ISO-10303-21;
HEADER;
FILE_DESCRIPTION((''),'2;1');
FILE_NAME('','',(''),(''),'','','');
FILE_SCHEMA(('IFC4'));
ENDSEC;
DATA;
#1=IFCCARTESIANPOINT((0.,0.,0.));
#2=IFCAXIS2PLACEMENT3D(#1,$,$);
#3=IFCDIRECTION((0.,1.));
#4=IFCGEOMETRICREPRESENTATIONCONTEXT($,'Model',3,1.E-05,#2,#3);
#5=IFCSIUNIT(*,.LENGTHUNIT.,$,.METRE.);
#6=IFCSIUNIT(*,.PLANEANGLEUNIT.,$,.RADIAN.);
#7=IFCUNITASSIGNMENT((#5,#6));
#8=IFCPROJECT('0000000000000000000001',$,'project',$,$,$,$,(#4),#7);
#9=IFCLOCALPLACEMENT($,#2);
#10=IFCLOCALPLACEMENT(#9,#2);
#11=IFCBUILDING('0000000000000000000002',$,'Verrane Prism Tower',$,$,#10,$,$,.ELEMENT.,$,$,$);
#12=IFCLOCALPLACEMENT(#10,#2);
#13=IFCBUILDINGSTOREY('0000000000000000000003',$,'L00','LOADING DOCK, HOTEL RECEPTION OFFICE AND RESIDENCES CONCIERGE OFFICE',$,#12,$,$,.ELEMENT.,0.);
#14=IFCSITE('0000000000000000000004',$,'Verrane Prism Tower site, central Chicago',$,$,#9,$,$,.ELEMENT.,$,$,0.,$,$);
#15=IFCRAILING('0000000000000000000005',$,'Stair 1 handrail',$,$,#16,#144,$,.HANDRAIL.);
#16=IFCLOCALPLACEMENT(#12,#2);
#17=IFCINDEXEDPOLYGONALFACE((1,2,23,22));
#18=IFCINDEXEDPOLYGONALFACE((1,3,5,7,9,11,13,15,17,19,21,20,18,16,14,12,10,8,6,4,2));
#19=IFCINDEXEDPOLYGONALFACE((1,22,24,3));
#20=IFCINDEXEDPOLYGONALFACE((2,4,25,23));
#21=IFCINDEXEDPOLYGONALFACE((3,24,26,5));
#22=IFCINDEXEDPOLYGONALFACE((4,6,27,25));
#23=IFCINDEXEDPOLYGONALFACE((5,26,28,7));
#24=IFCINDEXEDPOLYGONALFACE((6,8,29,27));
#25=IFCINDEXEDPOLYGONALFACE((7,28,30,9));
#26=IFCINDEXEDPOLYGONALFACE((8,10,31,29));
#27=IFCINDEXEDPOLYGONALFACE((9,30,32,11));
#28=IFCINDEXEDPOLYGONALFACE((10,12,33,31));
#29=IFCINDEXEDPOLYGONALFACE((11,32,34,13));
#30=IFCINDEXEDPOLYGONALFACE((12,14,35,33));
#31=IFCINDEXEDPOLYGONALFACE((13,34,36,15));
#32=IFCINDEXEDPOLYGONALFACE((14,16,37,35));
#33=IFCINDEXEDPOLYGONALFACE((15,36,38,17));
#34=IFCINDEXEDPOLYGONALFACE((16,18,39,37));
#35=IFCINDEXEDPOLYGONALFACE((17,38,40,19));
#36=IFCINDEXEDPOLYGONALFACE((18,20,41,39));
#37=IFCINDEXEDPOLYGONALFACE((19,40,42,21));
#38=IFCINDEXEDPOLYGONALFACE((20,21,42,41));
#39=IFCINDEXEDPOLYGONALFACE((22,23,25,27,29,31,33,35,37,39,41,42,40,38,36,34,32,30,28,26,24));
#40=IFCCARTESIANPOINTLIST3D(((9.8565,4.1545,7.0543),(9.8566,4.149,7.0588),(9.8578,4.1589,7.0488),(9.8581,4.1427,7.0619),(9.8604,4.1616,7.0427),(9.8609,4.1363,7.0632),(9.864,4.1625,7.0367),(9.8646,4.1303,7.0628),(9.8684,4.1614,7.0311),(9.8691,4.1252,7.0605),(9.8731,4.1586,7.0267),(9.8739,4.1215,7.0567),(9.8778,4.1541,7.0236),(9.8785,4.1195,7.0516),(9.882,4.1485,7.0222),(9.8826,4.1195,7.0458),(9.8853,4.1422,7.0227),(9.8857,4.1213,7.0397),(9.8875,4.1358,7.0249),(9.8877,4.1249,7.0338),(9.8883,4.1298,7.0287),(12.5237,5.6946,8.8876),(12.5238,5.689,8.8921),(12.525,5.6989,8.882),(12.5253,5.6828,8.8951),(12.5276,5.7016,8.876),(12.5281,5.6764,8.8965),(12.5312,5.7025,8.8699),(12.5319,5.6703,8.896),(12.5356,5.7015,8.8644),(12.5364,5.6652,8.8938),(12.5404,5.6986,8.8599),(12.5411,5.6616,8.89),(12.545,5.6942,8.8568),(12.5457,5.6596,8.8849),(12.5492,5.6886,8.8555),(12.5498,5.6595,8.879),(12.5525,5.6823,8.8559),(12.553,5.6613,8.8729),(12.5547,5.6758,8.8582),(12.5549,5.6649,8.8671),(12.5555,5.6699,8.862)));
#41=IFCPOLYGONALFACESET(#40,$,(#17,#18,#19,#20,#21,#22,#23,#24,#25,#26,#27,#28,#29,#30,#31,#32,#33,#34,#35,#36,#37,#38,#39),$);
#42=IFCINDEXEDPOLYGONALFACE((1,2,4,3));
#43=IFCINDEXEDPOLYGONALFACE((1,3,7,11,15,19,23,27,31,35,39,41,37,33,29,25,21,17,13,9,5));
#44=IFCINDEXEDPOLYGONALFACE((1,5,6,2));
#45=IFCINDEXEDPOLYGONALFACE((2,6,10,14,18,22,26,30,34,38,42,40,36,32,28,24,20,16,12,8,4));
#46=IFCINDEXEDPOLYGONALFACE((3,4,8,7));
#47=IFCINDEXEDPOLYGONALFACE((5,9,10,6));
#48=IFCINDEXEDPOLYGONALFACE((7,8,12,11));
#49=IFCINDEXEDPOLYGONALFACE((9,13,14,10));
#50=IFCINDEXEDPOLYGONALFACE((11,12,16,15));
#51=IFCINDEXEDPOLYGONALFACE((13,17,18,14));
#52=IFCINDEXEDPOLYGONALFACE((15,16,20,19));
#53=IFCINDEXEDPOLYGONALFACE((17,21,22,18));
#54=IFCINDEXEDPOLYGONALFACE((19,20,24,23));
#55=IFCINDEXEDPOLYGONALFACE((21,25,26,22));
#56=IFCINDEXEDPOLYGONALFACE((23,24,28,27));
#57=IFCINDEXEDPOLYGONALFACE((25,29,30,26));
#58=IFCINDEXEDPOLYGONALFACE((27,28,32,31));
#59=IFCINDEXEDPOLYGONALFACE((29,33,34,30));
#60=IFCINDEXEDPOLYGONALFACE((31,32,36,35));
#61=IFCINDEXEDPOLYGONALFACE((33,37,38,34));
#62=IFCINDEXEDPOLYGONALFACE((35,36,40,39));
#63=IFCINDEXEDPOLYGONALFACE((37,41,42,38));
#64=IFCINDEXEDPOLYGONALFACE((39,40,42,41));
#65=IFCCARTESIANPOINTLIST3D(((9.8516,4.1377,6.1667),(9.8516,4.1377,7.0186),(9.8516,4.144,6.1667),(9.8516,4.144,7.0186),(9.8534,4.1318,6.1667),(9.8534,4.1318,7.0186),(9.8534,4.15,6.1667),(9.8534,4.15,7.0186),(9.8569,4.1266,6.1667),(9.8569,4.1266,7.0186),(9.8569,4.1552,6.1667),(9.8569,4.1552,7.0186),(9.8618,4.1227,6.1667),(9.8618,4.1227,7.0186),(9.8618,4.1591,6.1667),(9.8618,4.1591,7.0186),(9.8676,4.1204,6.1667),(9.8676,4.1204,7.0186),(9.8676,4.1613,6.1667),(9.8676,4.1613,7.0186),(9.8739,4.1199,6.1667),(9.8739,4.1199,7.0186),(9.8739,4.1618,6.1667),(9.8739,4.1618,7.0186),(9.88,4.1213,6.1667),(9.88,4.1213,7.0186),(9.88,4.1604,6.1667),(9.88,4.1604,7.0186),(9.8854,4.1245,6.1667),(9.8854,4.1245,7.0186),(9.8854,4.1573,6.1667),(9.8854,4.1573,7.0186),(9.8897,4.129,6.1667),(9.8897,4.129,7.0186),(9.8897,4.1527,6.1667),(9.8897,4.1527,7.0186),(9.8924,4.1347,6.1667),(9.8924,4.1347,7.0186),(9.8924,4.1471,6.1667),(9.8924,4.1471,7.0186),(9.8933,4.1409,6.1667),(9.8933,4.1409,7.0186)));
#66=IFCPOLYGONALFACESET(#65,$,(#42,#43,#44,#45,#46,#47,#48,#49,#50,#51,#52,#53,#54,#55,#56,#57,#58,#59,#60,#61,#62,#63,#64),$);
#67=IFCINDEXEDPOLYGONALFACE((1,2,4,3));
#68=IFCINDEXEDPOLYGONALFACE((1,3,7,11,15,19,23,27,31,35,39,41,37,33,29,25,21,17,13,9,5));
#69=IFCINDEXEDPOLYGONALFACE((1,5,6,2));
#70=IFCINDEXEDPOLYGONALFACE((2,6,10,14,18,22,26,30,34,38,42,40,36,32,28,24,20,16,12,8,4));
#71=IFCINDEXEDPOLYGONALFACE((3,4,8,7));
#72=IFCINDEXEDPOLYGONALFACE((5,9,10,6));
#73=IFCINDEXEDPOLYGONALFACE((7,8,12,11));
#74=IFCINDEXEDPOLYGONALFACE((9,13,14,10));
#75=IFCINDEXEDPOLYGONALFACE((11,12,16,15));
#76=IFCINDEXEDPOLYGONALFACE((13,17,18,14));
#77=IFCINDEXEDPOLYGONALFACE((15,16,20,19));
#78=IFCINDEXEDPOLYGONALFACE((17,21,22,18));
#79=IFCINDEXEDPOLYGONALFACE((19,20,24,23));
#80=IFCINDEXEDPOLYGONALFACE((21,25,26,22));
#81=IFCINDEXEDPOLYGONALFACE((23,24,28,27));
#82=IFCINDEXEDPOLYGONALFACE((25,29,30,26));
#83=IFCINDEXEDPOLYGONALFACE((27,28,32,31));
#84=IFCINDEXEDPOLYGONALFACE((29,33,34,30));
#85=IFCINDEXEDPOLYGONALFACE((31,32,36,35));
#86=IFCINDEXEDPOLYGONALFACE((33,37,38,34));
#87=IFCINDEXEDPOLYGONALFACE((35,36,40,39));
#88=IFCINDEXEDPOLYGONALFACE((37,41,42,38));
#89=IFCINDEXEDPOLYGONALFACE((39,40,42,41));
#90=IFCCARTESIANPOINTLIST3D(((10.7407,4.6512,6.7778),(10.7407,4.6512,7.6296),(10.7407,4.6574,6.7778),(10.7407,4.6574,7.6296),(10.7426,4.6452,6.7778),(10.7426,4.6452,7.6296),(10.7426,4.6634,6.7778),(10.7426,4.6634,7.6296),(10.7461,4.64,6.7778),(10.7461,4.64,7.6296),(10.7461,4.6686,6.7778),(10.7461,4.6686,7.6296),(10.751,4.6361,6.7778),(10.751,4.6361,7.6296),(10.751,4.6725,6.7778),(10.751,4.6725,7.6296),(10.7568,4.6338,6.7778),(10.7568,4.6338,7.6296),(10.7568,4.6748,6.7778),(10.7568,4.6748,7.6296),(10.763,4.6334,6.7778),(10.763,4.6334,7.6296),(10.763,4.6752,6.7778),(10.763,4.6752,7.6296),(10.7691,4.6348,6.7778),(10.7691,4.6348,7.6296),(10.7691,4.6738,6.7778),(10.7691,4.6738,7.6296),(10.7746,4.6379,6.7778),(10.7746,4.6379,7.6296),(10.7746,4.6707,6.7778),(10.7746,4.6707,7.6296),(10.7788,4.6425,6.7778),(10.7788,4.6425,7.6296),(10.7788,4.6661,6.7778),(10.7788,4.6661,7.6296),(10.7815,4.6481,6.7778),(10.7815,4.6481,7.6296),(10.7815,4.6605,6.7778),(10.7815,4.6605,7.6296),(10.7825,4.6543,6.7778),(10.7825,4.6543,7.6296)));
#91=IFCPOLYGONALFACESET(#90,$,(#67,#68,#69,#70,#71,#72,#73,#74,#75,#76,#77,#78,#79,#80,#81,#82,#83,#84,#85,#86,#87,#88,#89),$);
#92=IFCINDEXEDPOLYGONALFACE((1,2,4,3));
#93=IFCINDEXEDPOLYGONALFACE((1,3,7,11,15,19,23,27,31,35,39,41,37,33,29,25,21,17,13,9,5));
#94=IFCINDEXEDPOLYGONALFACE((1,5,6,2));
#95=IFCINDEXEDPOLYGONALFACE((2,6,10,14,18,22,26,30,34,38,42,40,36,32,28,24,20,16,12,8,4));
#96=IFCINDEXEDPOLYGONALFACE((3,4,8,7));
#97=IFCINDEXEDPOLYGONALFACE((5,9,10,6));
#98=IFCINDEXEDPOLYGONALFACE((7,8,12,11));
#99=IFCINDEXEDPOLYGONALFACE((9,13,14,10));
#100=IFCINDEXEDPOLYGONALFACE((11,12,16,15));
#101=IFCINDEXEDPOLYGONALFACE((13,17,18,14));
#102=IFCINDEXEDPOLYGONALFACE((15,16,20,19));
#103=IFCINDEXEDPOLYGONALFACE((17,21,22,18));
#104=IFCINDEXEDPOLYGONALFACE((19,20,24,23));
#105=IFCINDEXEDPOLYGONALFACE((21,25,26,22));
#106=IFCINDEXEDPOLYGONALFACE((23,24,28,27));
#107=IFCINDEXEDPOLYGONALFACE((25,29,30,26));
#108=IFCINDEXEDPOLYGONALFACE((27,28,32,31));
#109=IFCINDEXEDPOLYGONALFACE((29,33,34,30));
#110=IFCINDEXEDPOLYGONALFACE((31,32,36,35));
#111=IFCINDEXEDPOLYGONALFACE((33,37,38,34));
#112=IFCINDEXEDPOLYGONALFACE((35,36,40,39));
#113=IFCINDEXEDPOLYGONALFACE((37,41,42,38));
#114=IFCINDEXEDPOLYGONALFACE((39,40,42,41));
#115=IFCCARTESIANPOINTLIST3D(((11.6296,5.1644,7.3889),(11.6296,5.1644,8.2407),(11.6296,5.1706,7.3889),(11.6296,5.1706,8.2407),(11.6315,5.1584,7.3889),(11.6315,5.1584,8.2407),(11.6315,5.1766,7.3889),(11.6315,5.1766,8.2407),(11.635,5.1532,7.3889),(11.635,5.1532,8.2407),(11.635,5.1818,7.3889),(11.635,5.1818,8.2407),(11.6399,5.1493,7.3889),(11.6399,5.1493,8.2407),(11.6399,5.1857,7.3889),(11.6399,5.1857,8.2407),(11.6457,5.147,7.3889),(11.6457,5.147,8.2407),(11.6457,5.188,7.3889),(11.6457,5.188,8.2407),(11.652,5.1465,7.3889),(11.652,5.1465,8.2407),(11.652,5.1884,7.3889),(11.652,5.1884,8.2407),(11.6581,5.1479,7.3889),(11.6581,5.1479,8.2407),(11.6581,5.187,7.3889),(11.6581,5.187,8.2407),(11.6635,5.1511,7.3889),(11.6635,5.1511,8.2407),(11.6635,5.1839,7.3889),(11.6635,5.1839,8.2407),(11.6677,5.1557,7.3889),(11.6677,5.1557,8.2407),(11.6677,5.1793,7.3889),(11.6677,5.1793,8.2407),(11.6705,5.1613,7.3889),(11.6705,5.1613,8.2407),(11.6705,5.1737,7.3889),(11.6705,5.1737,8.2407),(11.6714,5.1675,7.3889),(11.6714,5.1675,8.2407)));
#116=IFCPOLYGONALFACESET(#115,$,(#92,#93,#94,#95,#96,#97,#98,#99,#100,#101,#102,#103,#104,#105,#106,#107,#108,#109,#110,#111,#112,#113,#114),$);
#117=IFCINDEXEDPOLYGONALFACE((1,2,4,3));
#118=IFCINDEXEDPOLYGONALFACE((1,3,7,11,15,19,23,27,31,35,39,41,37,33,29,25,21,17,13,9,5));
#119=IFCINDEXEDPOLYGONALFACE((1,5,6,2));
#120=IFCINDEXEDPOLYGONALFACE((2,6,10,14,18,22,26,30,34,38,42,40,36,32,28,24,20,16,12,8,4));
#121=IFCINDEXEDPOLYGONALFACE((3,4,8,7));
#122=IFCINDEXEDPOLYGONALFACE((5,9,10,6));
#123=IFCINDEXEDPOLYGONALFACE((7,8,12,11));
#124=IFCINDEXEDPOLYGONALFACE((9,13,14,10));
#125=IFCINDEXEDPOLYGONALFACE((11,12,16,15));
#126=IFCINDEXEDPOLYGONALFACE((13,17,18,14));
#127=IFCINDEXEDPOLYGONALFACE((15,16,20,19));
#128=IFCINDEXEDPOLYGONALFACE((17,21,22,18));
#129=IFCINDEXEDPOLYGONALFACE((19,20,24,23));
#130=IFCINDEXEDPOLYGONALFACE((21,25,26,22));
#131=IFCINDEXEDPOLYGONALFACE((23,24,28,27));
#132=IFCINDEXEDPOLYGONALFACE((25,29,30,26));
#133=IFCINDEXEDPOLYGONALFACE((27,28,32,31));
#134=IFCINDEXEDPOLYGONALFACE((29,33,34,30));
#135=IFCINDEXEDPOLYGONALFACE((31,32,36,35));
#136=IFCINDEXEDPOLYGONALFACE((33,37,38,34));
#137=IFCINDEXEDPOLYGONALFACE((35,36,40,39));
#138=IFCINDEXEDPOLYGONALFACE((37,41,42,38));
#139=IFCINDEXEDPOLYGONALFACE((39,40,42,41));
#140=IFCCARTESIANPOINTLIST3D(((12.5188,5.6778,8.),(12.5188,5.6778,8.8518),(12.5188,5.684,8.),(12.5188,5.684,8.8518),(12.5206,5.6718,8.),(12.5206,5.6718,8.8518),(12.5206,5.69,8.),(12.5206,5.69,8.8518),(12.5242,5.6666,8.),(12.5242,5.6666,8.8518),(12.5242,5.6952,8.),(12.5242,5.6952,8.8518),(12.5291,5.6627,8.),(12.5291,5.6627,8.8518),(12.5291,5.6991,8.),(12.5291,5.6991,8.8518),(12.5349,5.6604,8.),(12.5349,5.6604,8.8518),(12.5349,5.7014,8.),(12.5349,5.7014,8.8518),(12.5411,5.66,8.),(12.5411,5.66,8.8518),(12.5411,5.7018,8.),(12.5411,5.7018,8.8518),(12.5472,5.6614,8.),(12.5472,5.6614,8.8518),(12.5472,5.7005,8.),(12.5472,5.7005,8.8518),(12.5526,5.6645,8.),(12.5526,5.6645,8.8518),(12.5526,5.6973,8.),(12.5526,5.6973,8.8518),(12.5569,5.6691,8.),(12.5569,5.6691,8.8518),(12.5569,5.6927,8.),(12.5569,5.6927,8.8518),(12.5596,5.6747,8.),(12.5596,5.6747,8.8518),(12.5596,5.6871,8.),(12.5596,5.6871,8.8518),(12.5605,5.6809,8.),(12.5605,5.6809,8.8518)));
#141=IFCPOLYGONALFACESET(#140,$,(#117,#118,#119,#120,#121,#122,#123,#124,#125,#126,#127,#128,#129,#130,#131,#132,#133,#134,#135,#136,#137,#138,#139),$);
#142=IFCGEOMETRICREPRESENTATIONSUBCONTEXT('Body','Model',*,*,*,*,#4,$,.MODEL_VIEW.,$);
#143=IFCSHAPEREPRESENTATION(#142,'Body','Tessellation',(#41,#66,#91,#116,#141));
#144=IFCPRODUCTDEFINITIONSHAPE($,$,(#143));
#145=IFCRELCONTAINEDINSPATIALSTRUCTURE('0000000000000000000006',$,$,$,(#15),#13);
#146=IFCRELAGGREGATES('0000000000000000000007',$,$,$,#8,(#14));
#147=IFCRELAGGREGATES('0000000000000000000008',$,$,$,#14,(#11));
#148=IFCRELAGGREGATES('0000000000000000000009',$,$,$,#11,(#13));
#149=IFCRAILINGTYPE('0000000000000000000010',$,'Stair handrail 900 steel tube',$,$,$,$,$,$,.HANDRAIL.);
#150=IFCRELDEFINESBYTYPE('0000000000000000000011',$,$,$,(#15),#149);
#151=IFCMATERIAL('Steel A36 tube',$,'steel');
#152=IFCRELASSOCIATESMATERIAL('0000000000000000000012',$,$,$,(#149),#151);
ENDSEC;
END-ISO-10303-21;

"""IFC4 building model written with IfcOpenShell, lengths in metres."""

from ifc_helpers import new_model, si_unit, direction, frame, origin, origin_2d, place, context, subcontext, project, spatial, circle, extrude, material, type_object, element, save


model = new_model("IFC4")

# Units and contexts
model_context = context("Model", 3, precision=1e-05, world=origin(), true_north=direction((0.0, 1.0)))
body_context = subcontext(model_context, "Body", "Model", "MODEL_VIEW")
ifc_project = project(units=[si_unit("LENGTHUNIT", "METRE"), si_unit("PLANEANGLEUNIT", "RADIAN")], contexts=[model_context])

# Site, building, storey
site_placement = place(None, origin())
site = spatial("IfcSite", under=ifc_project, at=site_placement, Name="Verrane Prism Tower site, central Chicago", CompositionType="ELEMENT", RefElevation=0.0)
building_placement = place(site_placement, origin())
building = spatial("IfcBuilding", under=site, at=building_placement, Name="Verrane Prism Tower", CompositionType="ELEMENT")
storey_placement = place(building_placement, origin())
storey = spatial("IfcBuildingStorey", under=building, at=storey_placement, Name="L00", Description="LOADING DOCK, HOTEL RECEPTION OFFICE AND RESIDENCES CONCIERGE OFFICE", CompositionType="ELEMENT", Elevation=0.0)

# Railing
ifc_material_1 = material(Name="Steel A36 tube", Category="steel")
railing_type = type_object("IfcRailingType", Name="Stair handrail 900 steel tube", PredefinedType="HANDRAIL", material=ifc_material_1)
for number, where, name in (
    (1, (9.8723, 4.1409, 6.1667), "Stair 1 handrail"),
):
    element("IfcRailing", number, at=place(storey_placement, frame(where)), inside=storey, type_object=railing_type, Name=name, PredefinedType="HANDRAIL", context=body_context, shape_type="SweptSolid", body=[
        extrude(circle(Radius=0.0239, at=origin_2d()), frame((0.0, 0.0, 0.876), z_axis=(0.744159, 0.429671, 0.511478), x_axis=(-0.500027, 0.86601, 0.0)), (0.0, 0.0, 1.0), 3.5842),
        extrude(circle(Radius=0.021, at=origin_2d()), origin(), (0.0, 0.0, 1.0), 0.8518),
        extrude(circle(Radius=0.021, at=origin_2d()), frame((0.8892, 0.5134, 0.6111)), (0.0, 0.0, 1.0), 0.8518),
        extrude(circle(Radius=0.021, at=origin_2d()), frame((1.7781, 1.0266, 1.2222)), (0.0, 0.0, 1.0), 0.8518),
        extrude(circle(Radius=0.021, at=origin_2d()), frame((2.6672, 1.54, 1.8333)), (0.0, 0.0, 1.0), 0.8518),
    ])

save(model, "model.ifc")
